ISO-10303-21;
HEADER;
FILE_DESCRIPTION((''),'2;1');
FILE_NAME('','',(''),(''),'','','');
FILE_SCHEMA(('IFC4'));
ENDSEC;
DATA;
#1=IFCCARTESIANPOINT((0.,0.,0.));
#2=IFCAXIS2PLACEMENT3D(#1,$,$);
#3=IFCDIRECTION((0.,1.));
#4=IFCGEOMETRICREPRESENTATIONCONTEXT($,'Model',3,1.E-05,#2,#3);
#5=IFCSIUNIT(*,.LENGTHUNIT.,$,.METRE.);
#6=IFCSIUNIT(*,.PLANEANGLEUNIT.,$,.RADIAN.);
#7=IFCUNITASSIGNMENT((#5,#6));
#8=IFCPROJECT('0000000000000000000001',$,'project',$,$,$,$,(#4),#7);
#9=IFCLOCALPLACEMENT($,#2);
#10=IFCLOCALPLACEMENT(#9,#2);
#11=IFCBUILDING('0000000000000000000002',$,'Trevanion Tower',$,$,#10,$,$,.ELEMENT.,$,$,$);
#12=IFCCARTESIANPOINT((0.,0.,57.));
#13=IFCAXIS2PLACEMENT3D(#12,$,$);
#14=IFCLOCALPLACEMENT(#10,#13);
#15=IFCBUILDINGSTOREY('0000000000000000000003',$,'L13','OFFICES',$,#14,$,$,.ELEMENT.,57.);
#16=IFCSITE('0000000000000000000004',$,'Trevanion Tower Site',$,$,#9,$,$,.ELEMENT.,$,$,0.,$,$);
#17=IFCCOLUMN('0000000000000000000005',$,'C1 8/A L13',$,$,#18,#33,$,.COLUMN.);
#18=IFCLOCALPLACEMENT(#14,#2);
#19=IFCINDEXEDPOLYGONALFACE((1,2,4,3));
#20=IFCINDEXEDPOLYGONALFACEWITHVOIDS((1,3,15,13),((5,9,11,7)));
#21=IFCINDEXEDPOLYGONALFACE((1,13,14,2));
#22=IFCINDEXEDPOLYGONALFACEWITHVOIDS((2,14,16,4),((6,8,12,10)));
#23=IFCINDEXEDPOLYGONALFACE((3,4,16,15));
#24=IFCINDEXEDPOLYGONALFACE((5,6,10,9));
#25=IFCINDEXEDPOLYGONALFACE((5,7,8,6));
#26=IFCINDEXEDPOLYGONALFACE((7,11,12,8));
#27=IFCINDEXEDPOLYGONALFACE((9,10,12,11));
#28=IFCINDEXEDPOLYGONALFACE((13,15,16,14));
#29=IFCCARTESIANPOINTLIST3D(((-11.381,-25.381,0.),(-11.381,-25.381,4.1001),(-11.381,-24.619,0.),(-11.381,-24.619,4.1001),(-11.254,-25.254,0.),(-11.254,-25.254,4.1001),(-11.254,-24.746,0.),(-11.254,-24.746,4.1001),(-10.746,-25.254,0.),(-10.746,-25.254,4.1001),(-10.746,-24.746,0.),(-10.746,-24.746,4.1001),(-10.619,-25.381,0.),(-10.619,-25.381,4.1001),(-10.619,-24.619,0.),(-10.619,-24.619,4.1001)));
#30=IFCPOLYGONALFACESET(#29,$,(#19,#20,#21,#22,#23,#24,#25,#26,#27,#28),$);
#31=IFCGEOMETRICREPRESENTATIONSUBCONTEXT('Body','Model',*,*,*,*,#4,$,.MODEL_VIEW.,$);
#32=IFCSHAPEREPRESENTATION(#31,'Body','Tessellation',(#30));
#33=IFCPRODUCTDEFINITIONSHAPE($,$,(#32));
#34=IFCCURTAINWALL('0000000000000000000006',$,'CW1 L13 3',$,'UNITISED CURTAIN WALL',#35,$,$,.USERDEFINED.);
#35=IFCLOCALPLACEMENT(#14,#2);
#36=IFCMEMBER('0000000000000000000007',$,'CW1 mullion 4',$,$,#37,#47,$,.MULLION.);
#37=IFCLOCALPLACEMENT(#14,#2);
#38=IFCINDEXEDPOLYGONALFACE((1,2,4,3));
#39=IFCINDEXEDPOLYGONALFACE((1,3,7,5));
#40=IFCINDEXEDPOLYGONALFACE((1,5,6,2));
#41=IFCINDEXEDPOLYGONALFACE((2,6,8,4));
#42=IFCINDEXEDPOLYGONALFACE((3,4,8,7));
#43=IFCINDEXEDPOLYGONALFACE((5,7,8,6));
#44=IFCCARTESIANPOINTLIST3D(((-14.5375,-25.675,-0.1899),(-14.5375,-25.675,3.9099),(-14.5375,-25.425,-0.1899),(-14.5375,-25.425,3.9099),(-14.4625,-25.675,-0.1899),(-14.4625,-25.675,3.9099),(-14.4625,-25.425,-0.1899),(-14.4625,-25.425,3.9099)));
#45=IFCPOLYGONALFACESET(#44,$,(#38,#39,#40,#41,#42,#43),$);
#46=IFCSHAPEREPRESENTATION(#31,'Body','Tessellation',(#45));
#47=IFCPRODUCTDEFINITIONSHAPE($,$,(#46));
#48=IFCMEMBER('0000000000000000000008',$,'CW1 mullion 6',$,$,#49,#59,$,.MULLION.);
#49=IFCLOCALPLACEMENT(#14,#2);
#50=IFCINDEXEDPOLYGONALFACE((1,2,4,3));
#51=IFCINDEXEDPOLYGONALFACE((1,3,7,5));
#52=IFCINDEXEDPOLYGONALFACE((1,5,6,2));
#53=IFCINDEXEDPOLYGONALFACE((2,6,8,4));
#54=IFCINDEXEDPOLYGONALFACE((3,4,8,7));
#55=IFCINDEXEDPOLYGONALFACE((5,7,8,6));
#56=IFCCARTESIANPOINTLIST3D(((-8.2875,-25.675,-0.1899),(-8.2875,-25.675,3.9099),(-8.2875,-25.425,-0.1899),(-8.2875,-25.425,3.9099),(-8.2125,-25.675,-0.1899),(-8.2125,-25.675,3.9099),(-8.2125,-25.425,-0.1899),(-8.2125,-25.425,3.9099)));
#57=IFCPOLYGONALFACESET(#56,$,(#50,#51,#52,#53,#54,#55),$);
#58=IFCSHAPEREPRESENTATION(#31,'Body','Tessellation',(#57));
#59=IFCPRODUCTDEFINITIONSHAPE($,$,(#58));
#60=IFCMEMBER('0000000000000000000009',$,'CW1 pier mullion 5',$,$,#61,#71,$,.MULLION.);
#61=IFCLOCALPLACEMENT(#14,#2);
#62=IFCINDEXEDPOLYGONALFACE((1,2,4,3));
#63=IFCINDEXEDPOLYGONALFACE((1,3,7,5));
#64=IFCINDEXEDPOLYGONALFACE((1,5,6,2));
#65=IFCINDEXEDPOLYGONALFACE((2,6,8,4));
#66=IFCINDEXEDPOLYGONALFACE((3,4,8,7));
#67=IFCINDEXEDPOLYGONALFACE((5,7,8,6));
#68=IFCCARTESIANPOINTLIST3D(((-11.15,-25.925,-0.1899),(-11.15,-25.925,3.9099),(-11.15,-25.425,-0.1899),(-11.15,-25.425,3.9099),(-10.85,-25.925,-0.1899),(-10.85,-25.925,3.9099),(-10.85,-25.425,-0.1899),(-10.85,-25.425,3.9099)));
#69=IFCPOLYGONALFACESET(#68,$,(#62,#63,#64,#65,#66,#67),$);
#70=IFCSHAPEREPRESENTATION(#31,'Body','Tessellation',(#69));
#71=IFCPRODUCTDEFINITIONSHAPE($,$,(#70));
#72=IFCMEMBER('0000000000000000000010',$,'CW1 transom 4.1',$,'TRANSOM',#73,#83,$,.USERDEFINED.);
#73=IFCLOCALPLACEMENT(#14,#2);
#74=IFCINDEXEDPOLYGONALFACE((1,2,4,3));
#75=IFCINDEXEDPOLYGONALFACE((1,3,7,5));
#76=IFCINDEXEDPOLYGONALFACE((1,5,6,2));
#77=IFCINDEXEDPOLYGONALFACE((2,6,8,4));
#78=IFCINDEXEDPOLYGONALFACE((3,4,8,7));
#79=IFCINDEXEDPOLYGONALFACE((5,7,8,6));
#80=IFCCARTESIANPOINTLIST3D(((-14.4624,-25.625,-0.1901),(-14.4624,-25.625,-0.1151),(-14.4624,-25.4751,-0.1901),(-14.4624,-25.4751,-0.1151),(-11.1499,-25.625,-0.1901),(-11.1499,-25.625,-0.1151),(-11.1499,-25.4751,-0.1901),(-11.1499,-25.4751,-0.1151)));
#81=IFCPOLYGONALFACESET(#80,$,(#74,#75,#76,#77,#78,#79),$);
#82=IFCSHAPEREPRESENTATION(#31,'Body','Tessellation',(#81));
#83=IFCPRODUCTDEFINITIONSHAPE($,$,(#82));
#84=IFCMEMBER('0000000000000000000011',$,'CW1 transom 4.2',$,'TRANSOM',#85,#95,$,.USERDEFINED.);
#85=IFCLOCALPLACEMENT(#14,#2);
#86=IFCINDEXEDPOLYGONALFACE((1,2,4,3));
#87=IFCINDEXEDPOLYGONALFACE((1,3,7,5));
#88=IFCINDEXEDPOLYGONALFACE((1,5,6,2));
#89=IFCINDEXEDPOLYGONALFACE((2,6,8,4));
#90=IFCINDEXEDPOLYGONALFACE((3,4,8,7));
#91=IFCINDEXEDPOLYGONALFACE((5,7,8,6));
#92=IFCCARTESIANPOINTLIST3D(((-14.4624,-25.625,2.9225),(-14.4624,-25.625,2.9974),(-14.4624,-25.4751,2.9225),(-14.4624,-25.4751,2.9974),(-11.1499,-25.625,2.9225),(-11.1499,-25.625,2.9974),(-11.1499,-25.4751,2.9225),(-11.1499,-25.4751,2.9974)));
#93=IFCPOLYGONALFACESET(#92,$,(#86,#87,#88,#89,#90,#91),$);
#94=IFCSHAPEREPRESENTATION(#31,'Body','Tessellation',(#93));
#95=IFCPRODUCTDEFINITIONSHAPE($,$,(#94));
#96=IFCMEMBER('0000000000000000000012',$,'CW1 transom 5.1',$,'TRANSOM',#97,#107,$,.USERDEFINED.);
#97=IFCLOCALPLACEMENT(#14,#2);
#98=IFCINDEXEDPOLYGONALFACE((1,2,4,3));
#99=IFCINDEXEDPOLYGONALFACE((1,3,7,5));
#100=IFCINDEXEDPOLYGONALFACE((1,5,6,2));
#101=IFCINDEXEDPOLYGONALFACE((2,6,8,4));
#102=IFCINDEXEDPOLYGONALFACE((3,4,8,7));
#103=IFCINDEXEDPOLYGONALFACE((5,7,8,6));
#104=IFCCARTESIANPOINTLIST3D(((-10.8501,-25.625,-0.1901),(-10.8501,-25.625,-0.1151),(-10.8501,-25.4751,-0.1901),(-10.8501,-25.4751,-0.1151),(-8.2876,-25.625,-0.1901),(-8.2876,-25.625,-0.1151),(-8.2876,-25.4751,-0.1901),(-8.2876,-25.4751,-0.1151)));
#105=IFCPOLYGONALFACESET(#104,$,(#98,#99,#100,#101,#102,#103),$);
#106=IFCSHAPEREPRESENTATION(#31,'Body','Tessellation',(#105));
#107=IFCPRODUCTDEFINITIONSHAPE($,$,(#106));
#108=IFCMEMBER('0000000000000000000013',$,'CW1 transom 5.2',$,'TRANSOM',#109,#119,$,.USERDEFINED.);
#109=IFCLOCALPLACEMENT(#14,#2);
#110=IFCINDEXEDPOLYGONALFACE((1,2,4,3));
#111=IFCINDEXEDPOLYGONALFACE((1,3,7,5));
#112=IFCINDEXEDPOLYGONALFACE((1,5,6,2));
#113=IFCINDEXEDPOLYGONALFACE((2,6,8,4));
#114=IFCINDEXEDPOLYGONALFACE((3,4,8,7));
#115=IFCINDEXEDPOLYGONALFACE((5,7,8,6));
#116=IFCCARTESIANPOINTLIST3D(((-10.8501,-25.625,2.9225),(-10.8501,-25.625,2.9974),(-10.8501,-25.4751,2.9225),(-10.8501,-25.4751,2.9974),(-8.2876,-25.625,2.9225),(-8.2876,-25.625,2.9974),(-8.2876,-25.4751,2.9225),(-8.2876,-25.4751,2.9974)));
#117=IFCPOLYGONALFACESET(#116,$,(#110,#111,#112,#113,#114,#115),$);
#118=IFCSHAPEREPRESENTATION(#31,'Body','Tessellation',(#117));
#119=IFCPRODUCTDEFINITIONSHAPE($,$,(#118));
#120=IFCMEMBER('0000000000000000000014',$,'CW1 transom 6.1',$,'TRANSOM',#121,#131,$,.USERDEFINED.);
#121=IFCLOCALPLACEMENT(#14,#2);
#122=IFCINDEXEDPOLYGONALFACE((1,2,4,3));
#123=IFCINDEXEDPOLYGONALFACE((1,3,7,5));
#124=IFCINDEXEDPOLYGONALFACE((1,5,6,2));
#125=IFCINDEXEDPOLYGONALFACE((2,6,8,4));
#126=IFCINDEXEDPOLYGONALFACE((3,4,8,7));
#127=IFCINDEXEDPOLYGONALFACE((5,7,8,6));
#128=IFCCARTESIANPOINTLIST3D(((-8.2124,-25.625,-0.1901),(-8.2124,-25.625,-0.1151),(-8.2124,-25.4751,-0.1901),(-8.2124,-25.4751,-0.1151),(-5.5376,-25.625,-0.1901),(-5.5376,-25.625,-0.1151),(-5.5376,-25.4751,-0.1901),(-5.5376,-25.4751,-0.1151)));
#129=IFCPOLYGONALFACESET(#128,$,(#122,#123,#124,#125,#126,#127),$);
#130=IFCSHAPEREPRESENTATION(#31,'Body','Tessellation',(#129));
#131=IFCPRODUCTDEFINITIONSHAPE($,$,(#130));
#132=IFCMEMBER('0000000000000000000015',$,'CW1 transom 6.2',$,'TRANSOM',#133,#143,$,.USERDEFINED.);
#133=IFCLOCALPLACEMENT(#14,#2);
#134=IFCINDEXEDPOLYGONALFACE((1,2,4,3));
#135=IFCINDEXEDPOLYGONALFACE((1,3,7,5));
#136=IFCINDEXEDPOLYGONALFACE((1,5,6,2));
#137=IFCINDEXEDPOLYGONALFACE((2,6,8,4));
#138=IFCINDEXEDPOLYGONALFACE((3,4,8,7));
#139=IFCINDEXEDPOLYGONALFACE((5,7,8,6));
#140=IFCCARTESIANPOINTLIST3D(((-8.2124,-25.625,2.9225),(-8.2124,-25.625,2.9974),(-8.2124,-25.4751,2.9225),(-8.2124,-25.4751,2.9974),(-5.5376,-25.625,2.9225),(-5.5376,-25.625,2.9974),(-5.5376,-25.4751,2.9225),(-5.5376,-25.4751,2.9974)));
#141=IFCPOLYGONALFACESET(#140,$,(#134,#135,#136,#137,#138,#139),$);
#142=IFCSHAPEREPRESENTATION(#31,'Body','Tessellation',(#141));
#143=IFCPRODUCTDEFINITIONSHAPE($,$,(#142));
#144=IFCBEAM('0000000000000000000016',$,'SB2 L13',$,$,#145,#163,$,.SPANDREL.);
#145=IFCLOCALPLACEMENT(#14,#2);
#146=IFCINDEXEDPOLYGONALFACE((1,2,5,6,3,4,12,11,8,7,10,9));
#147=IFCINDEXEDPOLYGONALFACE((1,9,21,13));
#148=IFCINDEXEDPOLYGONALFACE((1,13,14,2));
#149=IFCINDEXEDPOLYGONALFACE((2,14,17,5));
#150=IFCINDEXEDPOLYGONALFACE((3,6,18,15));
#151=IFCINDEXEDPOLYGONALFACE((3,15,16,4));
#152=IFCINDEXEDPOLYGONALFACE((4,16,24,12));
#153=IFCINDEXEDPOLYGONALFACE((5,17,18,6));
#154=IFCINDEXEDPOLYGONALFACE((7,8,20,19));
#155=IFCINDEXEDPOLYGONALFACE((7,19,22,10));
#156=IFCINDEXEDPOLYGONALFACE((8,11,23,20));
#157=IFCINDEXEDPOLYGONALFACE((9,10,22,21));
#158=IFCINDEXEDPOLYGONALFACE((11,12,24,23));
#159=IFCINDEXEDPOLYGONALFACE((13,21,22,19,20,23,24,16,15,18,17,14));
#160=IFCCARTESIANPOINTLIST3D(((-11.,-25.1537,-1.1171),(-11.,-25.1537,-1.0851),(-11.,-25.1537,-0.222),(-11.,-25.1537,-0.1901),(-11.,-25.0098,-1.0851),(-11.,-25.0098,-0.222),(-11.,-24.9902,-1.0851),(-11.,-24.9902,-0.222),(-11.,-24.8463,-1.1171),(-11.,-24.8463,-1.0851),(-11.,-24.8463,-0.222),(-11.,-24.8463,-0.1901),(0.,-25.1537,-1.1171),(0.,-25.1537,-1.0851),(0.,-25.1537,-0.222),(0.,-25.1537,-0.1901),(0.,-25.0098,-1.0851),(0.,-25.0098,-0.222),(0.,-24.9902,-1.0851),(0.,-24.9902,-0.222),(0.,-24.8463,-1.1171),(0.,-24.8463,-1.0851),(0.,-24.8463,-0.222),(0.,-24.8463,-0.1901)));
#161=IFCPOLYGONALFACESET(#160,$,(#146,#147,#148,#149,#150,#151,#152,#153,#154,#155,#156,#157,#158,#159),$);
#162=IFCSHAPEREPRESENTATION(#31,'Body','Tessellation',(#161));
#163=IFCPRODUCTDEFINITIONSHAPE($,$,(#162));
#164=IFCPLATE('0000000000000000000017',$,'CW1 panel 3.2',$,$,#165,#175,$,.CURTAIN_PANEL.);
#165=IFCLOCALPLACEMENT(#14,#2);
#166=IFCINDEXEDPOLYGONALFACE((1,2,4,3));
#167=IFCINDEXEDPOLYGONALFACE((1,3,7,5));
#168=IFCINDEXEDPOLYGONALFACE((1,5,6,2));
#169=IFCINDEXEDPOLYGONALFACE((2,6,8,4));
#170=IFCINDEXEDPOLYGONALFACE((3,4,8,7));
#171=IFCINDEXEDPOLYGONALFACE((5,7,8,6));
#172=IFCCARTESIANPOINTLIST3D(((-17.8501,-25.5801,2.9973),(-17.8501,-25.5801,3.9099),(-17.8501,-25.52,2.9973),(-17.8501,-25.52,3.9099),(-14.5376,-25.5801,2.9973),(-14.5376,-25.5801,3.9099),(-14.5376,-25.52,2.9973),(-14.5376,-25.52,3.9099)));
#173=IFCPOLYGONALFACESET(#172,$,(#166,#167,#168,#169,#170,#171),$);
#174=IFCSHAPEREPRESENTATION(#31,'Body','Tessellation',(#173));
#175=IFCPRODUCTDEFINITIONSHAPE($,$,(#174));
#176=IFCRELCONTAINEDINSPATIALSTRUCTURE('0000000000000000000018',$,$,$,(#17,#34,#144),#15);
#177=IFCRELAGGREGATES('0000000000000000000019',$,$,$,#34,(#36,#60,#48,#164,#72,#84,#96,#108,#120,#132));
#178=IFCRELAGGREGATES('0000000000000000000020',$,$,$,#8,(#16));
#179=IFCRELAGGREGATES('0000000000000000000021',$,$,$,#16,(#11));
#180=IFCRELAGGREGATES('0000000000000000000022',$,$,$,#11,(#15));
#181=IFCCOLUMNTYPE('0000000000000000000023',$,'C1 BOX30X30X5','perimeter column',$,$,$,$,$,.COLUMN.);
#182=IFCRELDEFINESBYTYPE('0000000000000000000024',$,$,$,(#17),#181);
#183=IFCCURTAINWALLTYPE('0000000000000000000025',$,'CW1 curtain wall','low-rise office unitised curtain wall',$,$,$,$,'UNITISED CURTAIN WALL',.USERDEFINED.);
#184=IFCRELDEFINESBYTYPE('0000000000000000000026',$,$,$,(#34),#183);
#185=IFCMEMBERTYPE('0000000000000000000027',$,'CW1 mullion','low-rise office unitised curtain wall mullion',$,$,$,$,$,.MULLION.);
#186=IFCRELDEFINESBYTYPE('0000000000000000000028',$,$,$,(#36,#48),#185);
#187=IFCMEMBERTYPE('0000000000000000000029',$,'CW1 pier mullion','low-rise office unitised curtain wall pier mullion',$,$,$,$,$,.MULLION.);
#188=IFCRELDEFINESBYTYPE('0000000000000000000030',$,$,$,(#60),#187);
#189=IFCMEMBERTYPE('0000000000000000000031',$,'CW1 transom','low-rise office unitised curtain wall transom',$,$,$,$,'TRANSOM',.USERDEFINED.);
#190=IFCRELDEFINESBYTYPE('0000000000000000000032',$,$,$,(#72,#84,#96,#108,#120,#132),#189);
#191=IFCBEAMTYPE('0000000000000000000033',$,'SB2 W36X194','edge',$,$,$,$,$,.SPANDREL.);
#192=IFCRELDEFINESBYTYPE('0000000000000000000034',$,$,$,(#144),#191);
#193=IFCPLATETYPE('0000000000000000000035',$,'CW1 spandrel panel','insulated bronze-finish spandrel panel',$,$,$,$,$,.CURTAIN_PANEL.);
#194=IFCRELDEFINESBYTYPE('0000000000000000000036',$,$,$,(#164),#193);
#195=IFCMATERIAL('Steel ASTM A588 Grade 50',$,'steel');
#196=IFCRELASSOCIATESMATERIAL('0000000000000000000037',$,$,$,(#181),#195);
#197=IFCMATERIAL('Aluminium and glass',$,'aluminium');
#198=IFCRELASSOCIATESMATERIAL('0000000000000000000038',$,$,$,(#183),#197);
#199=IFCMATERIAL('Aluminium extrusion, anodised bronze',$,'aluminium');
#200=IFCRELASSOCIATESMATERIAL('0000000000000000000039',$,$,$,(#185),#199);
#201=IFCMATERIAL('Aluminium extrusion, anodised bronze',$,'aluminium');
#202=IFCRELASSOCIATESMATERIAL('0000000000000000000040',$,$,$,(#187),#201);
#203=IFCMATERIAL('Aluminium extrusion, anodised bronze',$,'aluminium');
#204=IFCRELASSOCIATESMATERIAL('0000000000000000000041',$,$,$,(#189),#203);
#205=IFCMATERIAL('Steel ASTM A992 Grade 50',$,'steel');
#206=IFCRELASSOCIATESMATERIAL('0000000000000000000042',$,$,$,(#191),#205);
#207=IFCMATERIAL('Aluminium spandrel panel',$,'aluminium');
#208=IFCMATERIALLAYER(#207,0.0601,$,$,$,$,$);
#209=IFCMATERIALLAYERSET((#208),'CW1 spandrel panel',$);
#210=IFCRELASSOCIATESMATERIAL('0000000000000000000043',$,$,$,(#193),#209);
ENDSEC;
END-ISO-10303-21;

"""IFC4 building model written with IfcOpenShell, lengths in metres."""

from ifc_helpers import new_model, si_unit, direction, frame, origin, origin_2d, place, context, subcontext, project, spatial, rectangle, hollow_rectangle, i_section, extrude, material, layer, layer_set, material_profile, profile_set, type_object, element, aggregate, save


model = new_model("IFC4")

# Units and contexts
model_context = context("Model", 3, precision=1e-05, world=origin(), true_north=direction((0.0, 1.0)))
body_context = subcontext(model_context, "Body", "Model", "MODEL_VIEW")
ifc_project = project(units=[si_unit("LENGTHUNIT", "METRE"), si_unit("PLANEANGLEUNIT", "RADIAN")], contexts=[model_context])

# Site, building, storey
site_placement = place(None, origin())
site = spatial("IfcSite", under=ifc_project, at=site_placement, Name="Trevanion Tower Site", CompositionType="ELEMENT", RefElevation=0.0)
building_placement = place(site_placement, origin())
building = spatial("IfcBuilding", under=site, at=building_placement, Name="Trevanion Tower", CompositionType="ELEMENT")
storey_placement = place(building_placement, frame((0.0, 0.0, 57.0)))
storey = spatial("IfcBuildingStorey", under=building, at=storey_placement, Name="L13", Description="OFFICES", CompositionType="ELEMENT", Elevation=57.0)

# Column
ifc_material_1 = material(Name="Steel ASTM A588 Grade 50", Category="steel")
ifc_material_profile_1 = material_profile(ifc_material_1, hollow_rectangle(XDim=0.762, YDim=0.762, WallThickness=0.127, at=origin_2d()), Name="BOX30X30X5")
ifc_profile_set_1 = profile_set([ifc_material_profile_1], Name="Steel ASTM A588 Grade 50")
column_type = type_object("IfcColumnType", Name="C1 BOX30X30X5", Description="perimeter column", PredefinedType="COLUMN", material=ifc_profile_set_1)
column_placement = place(storey_placement, frame((-11.0, -25.0, 0.0), z_axis=(0.0, 0.0, 1.0), x_axis=(1.0, 0.0, 0.0)))
element("IfcColumn", 1, at=column_placement, inside=storey, type_object=column_type, Name="C1 8/A L13", PredefinedType="COLUMN", context=body_context, shape_type="SweptSolid", body=[
    extrude(hollow_rectangle(XDim=0.762, YDim=0.762, WallThickness=0.127, at=origin_2d()), origin(), (0.0, 0.0, 1.0), 4.1001),
])

# Curtain wall, members
ifc_material_2 = material(Name="Aluminium and glass", Category="aluminium")
curtain_wall_type = type_object("IfcCurtainWallType", Name="CW1 curtain wall", Description="low-rise office unitised curtain wall", ElementType="UNITISED CURTAIN WALL", PredefinedType="USERDEFINED", material=ifc_material_2)
curtain_wall_placement = place(storey_placement, origin())
curtain_wall = element("IfcCurtainWall", 2, at=curtain_wall_placement, inside=storey, type_object=curtain_wall_type, Name="CW1 L13 3", ObjectType="UNITISED CURTAIN WALL", PredefinedType="USERDEFINED")
ifc_material_3 = material(Name="Aluminium extrusion, anodised bronze", Category="aluminium")
ifc_material_profile_2 = material_profile(ifc_material_3, rectangle(XDim=0.075, YDim=0.25, at=origin_2d()), Name="CW1 mullion")
ifc_profile_set_2 = profile_set([ifc_material_profile_2], Name="Aluminium extrusion, anodised bronze")
member_type_1 = type_object("IfcMemberType", Name="CW1 mullion", Description="low-rise office unitised curtain wall mullion", PredefinedType="MULLION", material=ifc_profile_set_2)
member_1_placement = place(storey_placement, frame((-14.5, -25.55, -0.1899), z_axis=(0.0, 0.0, 1.0), x_axis=(1.0, 0.0, 0.0)))
member_1 = element("IfcMember", 3, at=member_1_placement, type_object=member_type_1, Name="CW1 mullion 4", PredefinedType="MULLION", context=body_context, shape_type="SweptSolid", body=[
    extrude(rectangle(XDim=0.075, YDim=0.25, at=origin_2d()), origin(), (0.0, 0.0, 1.0), 4.0999),
])
member_2_placement = place(storey_placement, frame((-8.25, -25.55, -0.1899), z_axis=(0.0, 0.0, 1.0), x_axis=(1.0, 0.0, 0.0)))
member_2 = element("IfcMember", 4, at=member_2_placement, type_object=member_type_1, Name="CW1 mullion 6", PredefinedType="MULLION", context=body_context, shape_type="SweptSolid", body=[
    extrude(rectangle(XDim=0.075, YDim=0.25, at=origin_2d()), origin(), (0.0, 0.0, 1.0), 4.0999),
])
ifc_material_4 = material(Name="Aluminium extrusion, anodised bronze", Category="aluminium")
ifc_material_profile_3 = material_profile(ifc_material_4, rectangle(XDim=0.3, YDim=0.5, at=origin_2d()), Name="CW1 pier mullion")
ifc_profile_set_3 = profile_set([ifc_material_profile_3], Name="Aluminium extrusion, anodised bronze")
member_type_2 = type_object("IfcMemberType", Name="CW1 pier mullion", Description="low-rise office unitised curtain wall pier mullion", PredefinedType="MULLION", material=ifc_profile_set_3)
member_3_placement = place(storey_placement, frame((-11.0, -25.675, -0.1899), z_axis=(0.0, 0.0, 1.0), x_axis=(1.0, 0.0, 0.0)))
member_3 = element("IfcMember", 5, at=member_3_placement, type_object=member_type_2, Name="CW1 pier mullion 5", PredefinedType="MULLION", context=body_context, shape_type="SweptSolid", body=[
    extrude(rectangle(XDim=0.3, YDim=0.5, at=origin_2d()), origin(), (0.0, 0.0, 1.0), 4.0999),
])
ifc_material_5 = material(Name="Aluminium extrusion, anodised bronze", Category="aluminium")
ifc_material_profile_4 = material_profile(ifc_material_5, rectangle(XDim=0.1499, YDim=0.075, at=origin_2d()), Name="CW1 transom")
ifc_profile_set_4 = profile_set([ifc_material_profile_4], Name="Aluminium extrusion, anodised bronze")
member_type_3 = type_object("IfcMemberType", Name="CW1 transom", Description="low-rise office unitised curtain wall transom", ElementType="TRANSOM", PredefinedType="USERDEFINED", material=ifc_profile_set_4)
member_4_placement = place(storey_placement, frame((-14.4624, -25.55, -0.1526), z_axis=(1.0, 0.0, 0.0), x_axis=(0.0, 1.0, 0.0)))
member_4 = element("IfcMember", 6, at=member_4_placement, type_object=member_type_3, Name="CW1 transom 4.1", ObjectType="TRANSOM", PredefinedType="USERDEFINED", context=body_context, shape_type="SweptSolid", body=[
    extrude(rectangle(XDim=0.1499, YDim=0.075, at=origin_2d()), origin(), (0.0, 0.0, 1.0), 3.3125),
])
member_5_placement = place(storey_placement, frame((-14.4624, -25.55, 2.96), z_axis=(1.0, 0.0, 0.0), x_axis=(0.0, 1.0, 0.0)))
member_5 = element("IfcMember", 7, at=member_5_placement, type_object=member_type_3, Name="CW1 transom 4.2", ObjectType="TRANSOM", PredefinedType="USERDEFINED", context=body_context, shape_type="SweptSolid", body=[
    extrude(rectangle(XDim=0.1499, YDim=0.075, at=origin_2d()), origin(), (0.0, 0.0, 1.0), 3.3125),
])
member_6_placement = place(storey_placement, frame((-10.8501, -25.55, -0.1526), z_axis=(1.0, 0.0, 0.0), x_axis=(0.0, 1.0, 0.0)))
member_6 = element("IfcMember", 8, at=member_6_placement, type_object=member_type_3, Name="CW1 transom 5.1", ObjectType="TRANSOM", PredefinedType="USERDEFINED", context=body_context, shape_type="SweptSolid", body=[
    extrude(rectangle(XDim=0.1499, YDim=0.075, at=origin_2d()), origin(), (0.0, 0.0, 1.0), 2.5625),
])
member_7_placement = place(storey_placement, frame((-10.8501, -25.55, 2.96), z_axis=(1.0, 0.0, 0.0), x_axis=(0.0, 1.0, 0.0)))
member_7 = element("IfcMember", 9, at=member_7_placement, type_object=member_type_3, Name="CW1 transom 5.2", ObjectType="TRANSOM", PredefinedType="USERDEFINED", context=body_context, shape_type="SweptSolid", body=[
    extrude(rectangle(XDim=0.1499, YDim=0.075, at=origin_2d()), origin(), (0.0, 0.0, 1.0), 2.5625),
])
member_8_placement = place(storey_placement, frame((-8.2124, -25.55, -0.1526), z_axis=(1.0, 0.0, 0.0), x_axis=(0.0, 1.0, 0.0)))
member_8 = element("IfcMember", 10, at=member_8_placement, type_object=member_type_3, Name="CW1 transom 6.1", ObjectType="TRANSOM", PredefinedType="USERDEFINED", context=body_context, shape_type="SweptSolid", body=[
    extrude(rectangle(XDim=0.1499, YDim=0.075, at=origin_2d()), origin(), (0.0, 0.0, 1.0), 2.6748),
])
member_9_placement = place(storey_placement, frame((-8.2124, -25.55, 2.96), z_axis=(1.0, 0.0, 0.0), x_axis=(0.0, 1.0, 0.0)))
member_9 = element("IfcMember", 11, at=member_9_placement, type_object=member_type_3, Name="CW1 transom 6.2", ObjectType="TRANSOM", PredefinedType="USERDEFINED", context=body_context, shape_type="SweptSolid", body=[
    extrude(rectangle(XDim=0.1499, YDim=0.075, at=origin_2d()), origin(), (0.0, 0.0, 1.0), 2.6748),
])

# Beam
ifc_material_6 = material(Name="Steel ASTM A992 Grade 50", Category="steel")
ifc_material_profile_5 = material_profile(ifc_material_6, i_section(OverallWidth=0.3074, OverallDepth=0.927, WebThickness=0.0195, FlangeThickness=0.032, at=origin_2d()), Name="W36X194")
ifc_profile_set_5 = profile_set([ifc_material_profile_5], Name="Steel ASTM A992 Grade 50")
beam_type = type_object("IfcBeamType", Name="SB2 W36X194", Description="edge", PredefinedType="SPANDREL", material=ifc_profile_set_5)
beam_placement = place(storey_placement, frame((-11.0, -25.0, -0.6536), z_axis=(1.0, 0.0, 0.0), x_axis=(0.0, 1.0, 0.0)))
element("IfcBeam", 12, at=beam_placement, inside=storey, type_object=beam_type, Name="SB2 L13", PredefinedType="SPANDREL", context=body_context, shape_type="SweptSolid", body=[
    extrude(i_section(OverallWidth=0.3074, OverallDepth=0.927, WebThickness=0.0195, FlangeThickness=0.032, at=origin_2d()), origin(), (0.0, 0.0, 1.0), 11.0),
])

# Plate
ifc_material_7 = material(Name="Aluminium spandrel panel", Category="aluminium")
ifc_layer_1 = layer(ifc_material_7, 0.0601)
ifc_layer_set_1 = layer_set([ifc_layer_1], Name="CW1 spandrel panel")
plate_type_1 = type_object("IfcPlateType", Name="CW1 spandrel panel", Description="insulated bronze-finish spandrel panel", PredefinedType="CURTAIN_PANEL", material=ifc_layer_set_1)
plate_1_placement = place(storey_placement, frame((-16.1938, -25.55, 2.9973), z_axis=(0.0, 0.0, 1.0), x_axis=(1.0, 0.0, 0.0)))
plate_1 = element("IfcPlate", 13, at=plate_1_placement, type_object=plate_type_1, Name="CW1 panel 3.2", PredefinedType="CURTAIN_PANEL", context=body_context, shape_type="SweptSolid", body=[
    extrude(rectangle(XDim=3.3125, YDim=0.0601, at=origin_2d()), origin(), (0.0, 0.0, 1.0), 0.9126),
])
aggregate(curtain_wall, [member_1, member_3, member_2, plate_1, member_4, member_5, member_6, member_7, member_8, member_9])

save(model, "model.ifc")
